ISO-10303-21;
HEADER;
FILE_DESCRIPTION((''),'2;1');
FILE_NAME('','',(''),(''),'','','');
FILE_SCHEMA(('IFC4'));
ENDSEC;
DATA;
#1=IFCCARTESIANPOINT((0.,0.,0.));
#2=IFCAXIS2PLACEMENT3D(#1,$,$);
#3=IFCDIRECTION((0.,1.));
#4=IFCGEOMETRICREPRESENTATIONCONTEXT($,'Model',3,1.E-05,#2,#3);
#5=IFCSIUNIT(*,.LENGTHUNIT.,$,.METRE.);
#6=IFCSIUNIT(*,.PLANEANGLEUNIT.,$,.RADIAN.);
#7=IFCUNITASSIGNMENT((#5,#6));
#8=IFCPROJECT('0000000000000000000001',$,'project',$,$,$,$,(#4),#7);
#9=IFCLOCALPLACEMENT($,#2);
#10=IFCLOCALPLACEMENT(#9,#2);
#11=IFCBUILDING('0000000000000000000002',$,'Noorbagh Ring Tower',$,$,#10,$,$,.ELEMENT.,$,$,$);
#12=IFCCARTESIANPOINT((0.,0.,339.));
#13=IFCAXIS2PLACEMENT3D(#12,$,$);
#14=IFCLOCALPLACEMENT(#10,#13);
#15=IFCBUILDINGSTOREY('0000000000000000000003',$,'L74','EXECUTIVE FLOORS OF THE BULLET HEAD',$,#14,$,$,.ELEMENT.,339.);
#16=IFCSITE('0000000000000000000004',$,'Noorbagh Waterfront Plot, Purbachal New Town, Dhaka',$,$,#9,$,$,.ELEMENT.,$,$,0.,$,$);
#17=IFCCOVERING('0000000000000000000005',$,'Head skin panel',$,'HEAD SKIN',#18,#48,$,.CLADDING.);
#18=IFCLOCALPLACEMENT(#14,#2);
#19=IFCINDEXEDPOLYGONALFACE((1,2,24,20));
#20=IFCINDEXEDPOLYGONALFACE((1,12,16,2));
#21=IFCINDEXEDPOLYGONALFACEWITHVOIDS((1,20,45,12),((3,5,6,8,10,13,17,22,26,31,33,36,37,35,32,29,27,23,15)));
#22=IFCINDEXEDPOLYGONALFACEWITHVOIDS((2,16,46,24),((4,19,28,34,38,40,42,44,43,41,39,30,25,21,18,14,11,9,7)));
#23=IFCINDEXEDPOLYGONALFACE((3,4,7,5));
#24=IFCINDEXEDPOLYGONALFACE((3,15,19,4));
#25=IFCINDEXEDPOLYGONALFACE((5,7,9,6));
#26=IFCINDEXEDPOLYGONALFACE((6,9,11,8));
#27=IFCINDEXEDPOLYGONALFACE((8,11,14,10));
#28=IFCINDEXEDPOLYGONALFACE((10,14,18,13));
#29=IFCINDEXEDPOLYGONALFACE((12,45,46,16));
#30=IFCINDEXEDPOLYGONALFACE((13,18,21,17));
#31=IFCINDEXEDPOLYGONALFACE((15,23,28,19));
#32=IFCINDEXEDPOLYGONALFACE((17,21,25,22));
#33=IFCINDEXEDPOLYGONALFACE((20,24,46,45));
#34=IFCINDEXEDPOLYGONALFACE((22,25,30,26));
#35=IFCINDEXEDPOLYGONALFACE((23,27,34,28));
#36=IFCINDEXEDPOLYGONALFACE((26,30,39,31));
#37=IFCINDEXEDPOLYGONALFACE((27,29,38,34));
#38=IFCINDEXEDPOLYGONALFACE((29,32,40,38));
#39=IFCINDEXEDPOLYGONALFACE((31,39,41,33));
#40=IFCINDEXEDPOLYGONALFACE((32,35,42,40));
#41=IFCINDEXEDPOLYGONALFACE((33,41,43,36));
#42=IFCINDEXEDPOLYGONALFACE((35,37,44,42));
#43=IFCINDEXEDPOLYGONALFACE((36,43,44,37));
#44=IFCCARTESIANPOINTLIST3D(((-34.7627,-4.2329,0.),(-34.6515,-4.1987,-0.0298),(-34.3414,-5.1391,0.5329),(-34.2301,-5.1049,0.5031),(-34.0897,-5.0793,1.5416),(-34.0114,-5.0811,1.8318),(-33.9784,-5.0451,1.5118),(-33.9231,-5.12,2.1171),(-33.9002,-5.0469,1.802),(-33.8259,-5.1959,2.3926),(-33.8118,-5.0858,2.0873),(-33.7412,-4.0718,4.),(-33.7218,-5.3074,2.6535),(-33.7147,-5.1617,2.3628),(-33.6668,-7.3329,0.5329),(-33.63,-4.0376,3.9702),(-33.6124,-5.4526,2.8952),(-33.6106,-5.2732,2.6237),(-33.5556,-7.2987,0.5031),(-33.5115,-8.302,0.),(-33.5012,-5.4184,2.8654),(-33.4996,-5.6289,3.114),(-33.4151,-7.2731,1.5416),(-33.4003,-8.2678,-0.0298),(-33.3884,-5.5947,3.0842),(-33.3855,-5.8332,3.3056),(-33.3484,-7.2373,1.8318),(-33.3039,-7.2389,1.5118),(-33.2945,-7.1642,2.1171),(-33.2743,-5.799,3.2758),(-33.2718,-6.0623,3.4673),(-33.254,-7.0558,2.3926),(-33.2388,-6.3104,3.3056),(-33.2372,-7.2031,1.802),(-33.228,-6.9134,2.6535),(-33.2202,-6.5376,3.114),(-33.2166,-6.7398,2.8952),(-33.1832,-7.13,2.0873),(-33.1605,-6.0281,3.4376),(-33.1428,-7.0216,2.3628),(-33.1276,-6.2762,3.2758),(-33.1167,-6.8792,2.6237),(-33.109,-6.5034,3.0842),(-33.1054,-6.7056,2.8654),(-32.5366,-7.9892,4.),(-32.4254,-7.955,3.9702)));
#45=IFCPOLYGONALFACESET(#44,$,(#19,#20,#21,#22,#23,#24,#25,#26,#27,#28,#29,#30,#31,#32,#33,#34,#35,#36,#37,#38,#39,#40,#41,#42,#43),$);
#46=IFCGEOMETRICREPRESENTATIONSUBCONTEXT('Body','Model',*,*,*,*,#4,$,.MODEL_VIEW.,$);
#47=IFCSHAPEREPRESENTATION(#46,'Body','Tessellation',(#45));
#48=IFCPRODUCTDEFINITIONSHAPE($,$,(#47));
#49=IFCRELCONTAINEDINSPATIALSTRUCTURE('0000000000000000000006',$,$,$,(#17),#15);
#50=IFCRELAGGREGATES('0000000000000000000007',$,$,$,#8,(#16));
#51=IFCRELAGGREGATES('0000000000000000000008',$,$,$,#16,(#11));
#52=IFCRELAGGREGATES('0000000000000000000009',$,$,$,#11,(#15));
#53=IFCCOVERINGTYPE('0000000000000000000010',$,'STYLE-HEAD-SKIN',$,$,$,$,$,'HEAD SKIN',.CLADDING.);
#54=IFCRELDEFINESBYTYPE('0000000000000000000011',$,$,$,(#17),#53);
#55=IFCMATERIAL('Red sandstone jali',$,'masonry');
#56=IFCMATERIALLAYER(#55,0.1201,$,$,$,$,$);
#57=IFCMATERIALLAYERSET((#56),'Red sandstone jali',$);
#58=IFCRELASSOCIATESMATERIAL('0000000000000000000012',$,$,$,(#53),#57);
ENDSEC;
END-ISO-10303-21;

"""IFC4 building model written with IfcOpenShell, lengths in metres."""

from ifc_helpers import new_model, si_unit, direction, frame, origin, place, context, subcontext, project, spatial, polyline, outline, extrude, material, layer, layer_set, type_object, element, save


model = new_model("IFC4")

# Units and contexts
model_context = context("Model", 3, precision=1e-05, world=origin(), true_north=direction((0.0, 1.0)))
body_context = subcontext(model_context, "Body", "Model", "MODEL_VIEW")
ifc_project = project(units=[si_unit("LENGTHUNIT", "METRE"), si_unit("PLANEANGLEUNIT", "RADIAN")], contexts=[model_context])

# Site, building, storey
site_placement = place(None, origin())
site = spatial("IfcSite", under=ifc_project, at=site_placement, Name="Noorbagh Waterfront Plot, Purbachal New Town, Dhaka", CompositionType="ELEMENT", RefElevation=0.0)
building_placement = place(site_placement, origin())
building = spatial("IfcBuilding", under=site, at=building_placement, Name="Noorbagh Ring Tower", CompositionType="ELEMENT")
storey_placement = place(building_placement, frame((0.0, 0.0, 339.0)))
storey = spatial("IfcBuildingStorey", under=building, at=storey_placement, Name="L74", Description="EXECUTIVE FLOORS OF THE BULLET HEAD", CompositionType="ELEMENT", Elevation=339.0)

# Covering
ifc_material_1 = material(Name="Red sandstone jali", Category="masonry")
ifc_layer_1 = layer(ifc_material_1, 0.1201)
ifc_layer_set_1 = layer_set([ifc_layer_1], Name="Red sandstone jali")
covering_type_1 = type_object("IfcCoveringType", Name="STYLE-HEAD-SKIN", ElementType="HEAD SKIN", PredefinedType="CLADDING", material=ifc_layer_set_1)
covering_1_placement = place(storey_placement, frame((-34.7627, -4.2329, 0.0), z_axis=(-0.925987, -0.284734, 0.247939), x_axis=(0.293911, -0.955833, 0.0)))
element("IfcCovering", 1, at=covering_1_placement, inside=storey, type_object=covering_type_1, Name="Head skin panel", ObjectType="HEAD SKIN", PredefinedType="CLADDING", context=body_context, shape_type="SweptSolid", body=[
    extrude(outline(polyline([(0.0, 0.0), (4.2571, 0.0), (4.2446, 4.1289), (0.1462, 4.1289), (0.0, 0.0)]), holes=[polyline([(0.99, 0.55), (1.0068, 1.5913), (1.0315, 1.8909), (1.0947, 2.1853), (1.1958, 2.4697), (1.333, 2.739), (1.5039, 2.9885), (1.7056, 3.2144), (1.9343, 3.4121), (2.1868, 3.5791), (2.4336, 3.4121), (2.6562, 3.2144), (2.8506, 2.9885), (3.0132, 2.739), (3.1416, 2.4697), (3.2334, 2.1853), (3.2874, 1.8909), (3.302, 1.5913), (3.2852, 0.55), (0.99, 0.55)])]), origin(), (0.0, 0.0, -1.0), 0.1201),
])

save(model, "model.ifc")
